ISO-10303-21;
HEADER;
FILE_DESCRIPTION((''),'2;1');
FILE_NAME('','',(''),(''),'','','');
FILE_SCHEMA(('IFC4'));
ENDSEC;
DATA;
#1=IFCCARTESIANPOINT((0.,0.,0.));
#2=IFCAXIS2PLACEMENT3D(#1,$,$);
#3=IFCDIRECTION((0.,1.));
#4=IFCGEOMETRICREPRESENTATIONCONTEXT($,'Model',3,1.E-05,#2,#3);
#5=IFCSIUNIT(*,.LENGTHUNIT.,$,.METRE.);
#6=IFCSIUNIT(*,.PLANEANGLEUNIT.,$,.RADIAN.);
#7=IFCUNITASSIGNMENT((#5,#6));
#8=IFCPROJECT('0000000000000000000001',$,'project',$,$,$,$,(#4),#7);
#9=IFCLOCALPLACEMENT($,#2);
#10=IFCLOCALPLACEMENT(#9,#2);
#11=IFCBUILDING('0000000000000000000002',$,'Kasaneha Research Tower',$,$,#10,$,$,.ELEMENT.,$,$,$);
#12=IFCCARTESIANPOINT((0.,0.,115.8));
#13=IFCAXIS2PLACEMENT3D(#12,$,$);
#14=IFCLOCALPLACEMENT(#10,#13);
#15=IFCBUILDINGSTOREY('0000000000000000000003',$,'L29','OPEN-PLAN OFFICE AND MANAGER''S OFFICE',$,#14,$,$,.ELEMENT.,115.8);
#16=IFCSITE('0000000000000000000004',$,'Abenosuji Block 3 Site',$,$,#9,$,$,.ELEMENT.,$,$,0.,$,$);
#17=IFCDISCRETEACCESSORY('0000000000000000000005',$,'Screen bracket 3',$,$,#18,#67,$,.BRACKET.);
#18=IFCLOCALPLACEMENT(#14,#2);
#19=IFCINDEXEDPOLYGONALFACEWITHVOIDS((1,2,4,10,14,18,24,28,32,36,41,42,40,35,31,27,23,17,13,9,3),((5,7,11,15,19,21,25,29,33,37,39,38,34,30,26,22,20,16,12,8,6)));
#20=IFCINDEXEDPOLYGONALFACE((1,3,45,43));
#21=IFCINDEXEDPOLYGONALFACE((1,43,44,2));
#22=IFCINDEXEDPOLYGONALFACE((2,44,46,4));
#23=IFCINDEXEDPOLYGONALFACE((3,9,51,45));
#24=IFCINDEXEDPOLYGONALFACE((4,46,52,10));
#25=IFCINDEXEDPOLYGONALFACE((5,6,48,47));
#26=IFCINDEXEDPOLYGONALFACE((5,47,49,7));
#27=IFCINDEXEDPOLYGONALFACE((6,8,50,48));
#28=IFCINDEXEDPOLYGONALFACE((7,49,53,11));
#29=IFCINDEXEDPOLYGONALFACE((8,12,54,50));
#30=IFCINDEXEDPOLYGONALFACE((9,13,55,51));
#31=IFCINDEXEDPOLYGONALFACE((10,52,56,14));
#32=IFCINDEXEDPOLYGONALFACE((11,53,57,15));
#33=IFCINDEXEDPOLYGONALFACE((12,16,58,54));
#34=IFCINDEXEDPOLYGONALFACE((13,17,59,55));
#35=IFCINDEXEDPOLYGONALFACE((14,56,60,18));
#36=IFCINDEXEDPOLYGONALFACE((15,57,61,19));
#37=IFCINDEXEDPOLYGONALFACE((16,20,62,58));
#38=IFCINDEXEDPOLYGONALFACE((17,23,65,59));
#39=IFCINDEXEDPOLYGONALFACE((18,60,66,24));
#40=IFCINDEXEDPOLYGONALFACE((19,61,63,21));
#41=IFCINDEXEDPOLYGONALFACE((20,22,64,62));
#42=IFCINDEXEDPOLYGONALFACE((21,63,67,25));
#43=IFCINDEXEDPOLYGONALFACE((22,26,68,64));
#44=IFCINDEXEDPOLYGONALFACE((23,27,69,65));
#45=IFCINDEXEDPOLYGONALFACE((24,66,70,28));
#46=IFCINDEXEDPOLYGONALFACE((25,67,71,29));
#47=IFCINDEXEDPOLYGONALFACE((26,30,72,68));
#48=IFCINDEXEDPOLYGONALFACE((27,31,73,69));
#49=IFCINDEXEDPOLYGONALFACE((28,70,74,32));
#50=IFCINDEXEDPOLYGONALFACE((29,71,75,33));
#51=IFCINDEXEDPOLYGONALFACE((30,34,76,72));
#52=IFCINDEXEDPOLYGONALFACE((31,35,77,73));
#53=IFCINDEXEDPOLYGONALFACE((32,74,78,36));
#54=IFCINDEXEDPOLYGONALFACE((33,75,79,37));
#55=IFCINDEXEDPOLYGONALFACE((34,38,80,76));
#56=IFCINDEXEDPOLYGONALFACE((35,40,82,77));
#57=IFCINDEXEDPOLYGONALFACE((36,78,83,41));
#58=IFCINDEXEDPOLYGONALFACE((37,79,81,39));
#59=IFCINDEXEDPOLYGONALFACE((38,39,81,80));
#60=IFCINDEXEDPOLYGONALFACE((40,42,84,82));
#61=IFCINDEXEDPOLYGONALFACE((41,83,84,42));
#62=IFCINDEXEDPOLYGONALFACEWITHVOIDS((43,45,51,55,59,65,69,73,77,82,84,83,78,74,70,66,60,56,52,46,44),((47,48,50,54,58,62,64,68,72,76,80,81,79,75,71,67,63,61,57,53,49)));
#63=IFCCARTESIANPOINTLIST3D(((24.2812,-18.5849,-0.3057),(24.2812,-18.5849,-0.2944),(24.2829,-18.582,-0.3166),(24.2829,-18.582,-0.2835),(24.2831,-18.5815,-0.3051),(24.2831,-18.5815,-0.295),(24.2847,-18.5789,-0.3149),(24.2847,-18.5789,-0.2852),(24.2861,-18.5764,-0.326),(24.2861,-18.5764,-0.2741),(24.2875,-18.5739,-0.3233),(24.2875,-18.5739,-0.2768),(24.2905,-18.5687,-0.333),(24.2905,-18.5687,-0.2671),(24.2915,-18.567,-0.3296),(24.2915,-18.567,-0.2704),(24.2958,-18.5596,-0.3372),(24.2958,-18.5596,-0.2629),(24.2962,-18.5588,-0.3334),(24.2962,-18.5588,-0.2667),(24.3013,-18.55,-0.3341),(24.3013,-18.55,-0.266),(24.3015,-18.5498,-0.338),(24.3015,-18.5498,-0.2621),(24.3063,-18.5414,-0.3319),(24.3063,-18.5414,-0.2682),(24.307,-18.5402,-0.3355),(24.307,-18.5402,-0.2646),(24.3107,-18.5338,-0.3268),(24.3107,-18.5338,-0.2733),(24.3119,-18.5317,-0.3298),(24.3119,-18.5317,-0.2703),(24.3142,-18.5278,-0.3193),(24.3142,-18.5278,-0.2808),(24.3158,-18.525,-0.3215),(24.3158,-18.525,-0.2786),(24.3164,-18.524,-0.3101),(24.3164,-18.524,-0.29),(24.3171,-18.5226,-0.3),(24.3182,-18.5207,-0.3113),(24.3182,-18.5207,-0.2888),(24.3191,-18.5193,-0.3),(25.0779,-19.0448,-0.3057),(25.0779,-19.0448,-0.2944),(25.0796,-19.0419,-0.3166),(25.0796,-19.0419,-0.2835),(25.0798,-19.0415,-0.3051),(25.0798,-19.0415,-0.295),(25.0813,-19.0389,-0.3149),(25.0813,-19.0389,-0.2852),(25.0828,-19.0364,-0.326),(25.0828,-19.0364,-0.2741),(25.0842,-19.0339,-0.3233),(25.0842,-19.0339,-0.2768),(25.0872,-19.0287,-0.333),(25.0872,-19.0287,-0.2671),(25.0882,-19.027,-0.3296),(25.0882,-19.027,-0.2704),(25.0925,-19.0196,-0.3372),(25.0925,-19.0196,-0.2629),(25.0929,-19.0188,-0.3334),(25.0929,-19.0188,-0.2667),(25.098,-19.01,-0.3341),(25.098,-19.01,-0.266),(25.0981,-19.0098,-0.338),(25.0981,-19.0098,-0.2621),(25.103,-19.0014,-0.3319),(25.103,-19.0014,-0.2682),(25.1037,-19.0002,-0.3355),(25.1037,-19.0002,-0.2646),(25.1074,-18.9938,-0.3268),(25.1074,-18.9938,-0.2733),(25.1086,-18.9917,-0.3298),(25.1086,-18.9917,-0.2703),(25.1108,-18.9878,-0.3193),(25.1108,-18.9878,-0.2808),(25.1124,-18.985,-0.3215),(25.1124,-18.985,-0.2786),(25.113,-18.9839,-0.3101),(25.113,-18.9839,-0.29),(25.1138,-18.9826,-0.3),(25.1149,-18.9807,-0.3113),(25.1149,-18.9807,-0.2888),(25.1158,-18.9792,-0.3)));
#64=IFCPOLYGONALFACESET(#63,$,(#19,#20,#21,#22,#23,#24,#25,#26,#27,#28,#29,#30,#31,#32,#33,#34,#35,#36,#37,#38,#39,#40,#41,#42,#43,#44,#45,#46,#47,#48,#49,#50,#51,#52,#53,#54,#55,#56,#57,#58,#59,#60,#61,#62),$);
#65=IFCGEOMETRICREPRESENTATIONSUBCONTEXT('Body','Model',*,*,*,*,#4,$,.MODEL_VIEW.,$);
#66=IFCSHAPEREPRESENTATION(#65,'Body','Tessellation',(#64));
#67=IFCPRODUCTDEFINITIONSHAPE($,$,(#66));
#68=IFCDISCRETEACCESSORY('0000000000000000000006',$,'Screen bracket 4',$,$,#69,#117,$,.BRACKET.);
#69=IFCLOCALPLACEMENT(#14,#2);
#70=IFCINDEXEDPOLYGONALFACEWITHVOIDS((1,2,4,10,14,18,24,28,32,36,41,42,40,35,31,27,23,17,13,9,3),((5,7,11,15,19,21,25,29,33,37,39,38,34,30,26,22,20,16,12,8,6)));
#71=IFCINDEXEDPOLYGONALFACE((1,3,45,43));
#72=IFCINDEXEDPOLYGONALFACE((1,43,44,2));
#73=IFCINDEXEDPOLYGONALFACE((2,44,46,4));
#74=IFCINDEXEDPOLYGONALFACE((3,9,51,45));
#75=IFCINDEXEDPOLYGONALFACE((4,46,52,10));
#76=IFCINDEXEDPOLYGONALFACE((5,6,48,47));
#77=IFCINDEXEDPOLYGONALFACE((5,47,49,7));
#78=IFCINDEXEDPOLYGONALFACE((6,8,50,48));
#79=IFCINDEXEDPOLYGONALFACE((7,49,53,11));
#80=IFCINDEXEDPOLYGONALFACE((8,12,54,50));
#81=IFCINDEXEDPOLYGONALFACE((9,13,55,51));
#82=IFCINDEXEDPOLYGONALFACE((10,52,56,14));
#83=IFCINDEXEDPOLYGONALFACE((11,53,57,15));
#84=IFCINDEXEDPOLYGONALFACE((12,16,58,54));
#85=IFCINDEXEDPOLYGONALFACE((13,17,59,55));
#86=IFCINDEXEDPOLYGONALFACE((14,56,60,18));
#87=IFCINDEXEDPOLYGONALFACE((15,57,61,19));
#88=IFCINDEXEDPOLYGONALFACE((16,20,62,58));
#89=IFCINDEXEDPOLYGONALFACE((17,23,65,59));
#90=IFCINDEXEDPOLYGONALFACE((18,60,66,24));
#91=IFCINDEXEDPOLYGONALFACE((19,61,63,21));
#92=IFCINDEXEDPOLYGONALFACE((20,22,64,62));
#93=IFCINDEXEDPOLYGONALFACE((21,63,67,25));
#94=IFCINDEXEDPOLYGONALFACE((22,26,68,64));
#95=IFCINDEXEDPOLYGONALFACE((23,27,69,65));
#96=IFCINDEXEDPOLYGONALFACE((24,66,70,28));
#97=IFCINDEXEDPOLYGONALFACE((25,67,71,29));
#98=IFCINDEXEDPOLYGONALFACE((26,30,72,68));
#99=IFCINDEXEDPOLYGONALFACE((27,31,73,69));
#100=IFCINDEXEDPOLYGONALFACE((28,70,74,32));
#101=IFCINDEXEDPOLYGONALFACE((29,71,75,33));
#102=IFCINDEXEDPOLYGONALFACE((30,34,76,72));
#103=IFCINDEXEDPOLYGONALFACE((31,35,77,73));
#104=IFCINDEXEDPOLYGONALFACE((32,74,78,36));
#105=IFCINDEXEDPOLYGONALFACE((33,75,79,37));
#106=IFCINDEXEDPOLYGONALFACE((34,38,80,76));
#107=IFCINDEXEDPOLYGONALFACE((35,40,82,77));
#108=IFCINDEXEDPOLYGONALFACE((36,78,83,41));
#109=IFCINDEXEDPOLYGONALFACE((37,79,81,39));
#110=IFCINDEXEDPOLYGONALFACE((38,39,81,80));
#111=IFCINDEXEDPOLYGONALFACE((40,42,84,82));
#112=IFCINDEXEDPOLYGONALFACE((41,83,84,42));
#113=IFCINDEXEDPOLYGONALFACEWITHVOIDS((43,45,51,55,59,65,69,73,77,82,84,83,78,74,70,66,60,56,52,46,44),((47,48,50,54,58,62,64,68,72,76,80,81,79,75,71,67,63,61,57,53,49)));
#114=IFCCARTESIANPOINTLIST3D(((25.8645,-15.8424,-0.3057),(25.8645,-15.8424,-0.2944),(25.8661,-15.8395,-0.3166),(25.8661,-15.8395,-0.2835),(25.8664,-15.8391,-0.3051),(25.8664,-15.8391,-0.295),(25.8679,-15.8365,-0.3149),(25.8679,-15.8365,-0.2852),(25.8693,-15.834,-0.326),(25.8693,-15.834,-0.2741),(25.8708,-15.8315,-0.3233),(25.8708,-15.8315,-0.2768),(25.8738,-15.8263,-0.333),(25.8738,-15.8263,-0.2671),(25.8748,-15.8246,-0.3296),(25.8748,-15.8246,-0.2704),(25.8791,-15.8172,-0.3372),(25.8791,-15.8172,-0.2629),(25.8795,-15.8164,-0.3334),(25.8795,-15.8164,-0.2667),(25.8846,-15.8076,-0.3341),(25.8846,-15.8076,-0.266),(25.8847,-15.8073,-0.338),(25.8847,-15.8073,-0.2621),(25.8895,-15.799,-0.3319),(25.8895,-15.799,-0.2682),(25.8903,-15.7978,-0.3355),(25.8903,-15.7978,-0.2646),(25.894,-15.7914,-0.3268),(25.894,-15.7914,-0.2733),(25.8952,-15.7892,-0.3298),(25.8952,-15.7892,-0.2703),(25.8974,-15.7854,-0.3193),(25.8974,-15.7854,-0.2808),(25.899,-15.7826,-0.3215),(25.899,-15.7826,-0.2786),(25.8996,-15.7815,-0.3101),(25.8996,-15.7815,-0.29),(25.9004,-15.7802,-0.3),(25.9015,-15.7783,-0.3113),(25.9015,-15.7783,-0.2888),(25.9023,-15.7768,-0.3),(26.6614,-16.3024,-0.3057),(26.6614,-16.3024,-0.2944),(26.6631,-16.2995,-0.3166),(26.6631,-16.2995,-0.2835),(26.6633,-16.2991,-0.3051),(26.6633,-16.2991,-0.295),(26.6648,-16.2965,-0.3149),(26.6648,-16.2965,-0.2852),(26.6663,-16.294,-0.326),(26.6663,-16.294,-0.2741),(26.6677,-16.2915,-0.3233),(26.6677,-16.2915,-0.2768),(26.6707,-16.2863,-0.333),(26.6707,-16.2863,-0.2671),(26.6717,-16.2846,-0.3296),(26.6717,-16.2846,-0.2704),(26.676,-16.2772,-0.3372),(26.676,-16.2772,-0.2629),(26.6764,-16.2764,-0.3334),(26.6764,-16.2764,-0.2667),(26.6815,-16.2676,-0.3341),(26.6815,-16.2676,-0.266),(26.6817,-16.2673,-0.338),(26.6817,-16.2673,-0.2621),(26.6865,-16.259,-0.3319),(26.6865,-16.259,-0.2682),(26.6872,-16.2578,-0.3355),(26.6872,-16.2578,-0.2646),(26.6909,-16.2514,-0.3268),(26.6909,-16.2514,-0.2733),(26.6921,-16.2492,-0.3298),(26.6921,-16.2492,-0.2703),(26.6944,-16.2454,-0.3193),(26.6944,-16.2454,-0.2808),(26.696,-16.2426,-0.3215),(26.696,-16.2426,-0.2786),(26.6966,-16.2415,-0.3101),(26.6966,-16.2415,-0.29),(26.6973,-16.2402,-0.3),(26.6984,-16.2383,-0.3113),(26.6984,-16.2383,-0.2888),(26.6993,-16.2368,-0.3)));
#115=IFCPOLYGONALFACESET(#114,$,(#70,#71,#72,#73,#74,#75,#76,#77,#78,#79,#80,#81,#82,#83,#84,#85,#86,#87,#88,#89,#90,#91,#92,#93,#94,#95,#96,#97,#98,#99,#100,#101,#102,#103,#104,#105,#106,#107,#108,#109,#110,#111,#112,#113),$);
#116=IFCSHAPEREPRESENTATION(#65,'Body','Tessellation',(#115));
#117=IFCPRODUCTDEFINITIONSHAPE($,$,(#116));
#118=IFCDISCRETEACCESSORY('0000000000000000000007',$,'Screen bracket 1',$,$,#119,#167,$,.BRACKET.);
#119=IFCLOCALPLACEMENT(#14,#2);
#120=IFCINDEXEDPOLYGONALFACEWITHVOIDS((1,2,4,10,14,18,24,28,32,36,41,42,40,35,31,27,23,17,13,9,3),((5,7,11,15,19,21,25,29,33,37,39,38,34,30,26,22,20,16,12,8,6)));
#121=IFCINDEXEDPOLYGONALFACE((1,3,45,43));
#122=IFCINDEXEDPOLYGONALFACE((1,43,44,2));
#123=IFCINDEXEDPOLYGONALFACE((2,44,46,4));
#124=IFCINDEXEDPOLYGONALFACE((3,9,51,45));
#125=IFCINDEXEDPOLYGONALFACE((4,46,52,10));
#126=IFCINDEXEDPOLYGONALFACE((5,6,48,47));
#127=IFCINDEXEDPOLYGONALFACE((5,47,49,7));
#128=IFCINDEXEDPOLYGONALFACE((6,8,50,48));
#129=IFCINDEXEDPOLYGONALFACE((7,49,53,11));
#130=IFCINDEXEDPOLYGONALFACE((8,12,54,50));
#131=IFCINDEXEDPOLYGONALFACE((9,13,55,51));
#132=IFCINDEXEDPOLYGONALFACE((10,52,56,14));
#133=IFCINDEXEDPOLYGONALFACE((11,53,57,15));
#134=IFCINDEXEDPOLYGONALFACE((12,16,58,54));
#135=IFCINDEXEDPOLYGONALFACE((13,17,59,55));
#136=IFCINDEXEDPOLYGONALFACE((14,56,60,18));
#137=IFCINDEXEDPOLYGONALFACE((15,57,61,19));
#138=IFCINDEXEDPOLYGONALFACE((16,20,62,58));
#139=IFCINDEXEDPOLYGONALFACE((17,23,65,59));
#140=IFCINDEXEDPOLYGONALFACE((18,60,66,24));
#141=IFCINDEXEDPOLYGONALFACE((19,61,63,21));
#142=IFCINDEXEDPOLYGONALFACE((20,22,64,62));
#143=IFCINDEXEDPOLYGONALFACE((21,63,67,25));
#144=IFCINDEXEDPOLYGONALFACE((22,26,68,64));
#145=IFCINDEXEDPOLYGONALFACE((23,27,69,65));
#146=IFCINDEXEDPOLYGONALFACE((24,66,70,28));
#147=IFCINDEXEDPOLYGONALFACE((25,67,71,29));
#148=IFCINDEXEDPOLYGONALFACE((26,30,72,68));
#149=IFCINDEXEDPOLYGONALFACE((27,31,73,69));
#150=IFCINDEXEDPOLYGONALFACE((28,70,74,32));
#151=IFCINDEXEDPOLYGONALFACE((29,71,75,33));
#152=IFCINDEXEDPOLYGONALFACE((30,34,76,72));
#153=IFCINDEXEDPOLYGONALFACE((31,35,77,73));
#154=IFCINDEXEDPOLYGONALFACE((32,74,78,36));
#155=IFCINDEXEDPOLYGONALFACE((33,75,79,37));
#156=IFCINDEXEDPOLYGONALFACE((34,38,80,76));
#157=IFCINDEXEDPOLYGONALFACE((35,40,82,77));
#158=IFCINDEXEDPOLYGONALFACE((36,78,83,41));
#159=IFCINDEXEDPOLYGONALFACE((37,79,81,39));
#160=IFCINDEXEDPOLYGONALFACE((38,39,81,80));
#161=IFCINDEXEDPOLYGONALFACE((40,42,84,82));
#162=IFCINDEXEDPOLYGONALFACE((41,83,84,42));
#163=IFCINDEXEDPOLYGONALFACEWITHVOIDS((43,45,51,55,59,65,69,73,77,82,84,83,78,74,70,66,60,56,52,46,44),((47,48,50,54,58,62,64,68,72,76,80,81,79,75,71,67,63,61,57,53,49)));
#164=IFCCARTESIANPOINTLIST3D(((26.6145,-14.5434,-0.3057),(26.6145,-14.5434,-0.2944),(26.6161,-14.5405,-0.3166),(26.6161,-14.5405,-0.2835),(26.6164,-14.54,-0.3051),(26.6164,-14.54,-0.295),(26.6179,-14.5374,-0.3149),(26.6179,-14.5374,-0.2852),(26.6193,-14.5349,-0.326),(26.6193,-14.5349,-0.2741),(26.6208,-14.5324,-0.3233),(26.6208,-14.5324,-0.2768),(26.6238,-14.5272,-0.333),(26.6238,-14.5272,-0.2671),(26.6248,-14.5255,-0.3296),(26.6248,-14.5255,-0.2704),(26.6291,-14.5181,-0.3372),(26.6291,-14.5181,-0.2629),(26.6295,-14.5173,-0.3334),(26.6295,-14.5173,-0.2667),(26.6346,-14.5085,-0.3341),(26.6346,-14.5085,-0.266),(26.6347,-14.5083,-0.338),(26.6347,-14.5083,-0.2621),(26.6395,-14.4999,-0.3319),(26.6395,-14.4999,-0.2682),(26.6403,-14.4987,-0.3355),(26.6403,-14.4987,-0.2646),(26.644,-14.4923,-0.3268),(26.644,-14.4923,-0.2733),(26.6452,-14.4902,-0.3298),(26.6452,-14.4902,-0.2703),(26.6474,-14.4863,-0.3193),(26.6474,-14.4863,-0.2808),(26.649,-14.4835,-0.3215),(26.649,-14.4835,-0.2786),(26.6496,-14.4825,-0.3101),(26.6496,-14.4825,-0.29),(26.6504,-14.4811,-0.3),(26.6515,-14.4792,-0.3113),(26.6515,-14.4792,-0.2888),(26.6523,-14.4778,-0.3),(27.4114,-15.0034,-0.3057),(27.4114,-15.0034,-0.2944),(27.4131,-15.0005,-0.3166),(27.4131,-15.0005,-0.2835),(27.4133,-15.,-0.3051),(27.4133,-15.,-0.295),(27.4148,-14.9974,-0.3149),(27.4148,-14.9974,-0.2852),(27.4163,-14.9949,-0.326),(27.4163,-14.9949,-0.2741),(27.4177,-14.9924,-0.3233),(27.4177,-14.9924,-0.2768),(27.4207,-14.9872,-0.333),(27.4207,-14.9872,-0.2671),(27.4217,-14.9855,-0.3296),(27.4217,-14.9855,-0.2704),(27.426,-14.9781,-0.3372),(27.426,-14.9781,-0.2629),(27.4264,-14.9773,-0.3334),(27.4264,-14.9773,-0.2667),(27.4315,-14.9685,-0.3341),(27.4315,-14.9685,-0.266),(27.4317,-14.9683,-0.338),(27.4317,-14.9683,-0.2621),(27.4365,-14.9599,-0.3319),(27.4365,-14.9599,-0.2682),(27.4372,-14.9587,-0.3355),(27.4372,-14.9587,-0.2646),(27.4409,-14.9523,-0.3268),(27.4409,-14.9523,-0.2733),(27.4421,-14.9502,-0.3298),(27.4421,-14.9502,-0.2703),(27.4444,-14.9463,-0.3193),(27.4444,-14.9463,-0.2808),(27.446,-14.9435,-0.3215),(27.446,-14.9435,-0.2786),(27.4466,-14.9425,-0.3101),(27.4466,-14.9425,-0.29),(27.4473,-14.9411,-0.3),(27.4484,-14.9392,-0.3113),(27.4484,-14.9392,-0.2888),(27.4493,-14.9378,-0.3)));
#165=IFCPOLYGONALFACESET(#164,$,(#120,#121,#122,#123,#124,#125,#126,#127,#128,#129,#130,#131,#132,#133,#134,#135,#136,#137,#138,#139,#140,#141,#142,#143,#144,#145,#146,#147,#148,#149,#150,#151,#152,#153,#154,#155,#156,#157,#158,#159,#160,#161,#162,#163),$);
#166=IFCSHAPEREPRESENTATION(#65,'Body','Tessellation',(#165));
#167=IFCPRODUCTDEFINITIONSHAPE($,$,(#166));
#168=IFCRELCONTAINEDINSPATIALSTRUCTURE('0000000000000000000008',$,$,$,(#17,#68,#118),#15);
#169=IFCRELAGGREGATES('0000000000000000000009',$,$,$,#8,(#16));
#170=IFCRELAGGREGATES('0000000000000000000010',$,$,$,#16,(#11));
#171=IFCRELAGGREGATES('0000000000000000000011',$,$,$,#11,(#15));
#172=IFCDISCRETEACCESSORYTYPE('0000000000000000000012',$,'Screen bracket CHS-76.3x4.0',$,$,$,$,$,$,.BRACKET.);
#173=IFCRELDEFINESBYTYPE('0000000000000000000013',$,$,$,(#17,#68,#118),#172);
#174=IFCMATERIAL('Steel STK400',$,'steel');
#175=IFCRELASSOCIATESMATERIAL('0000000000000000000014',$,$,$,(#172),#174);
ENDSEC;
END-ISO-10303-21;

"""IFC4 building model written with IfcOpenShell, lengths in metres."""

from ifc_helpers import new_model, si_unit, direction, frame, origin, origin_2d, place, context, subcontext, project, spatial, hollow_circle, extrude, material, material_profile, profile_set, type_object, element, save


model = new_model("IFC4")

# Units and contexts
model_context = context("Model", 3, precision=1e-05, world=origin(), true_north=direction((0.0, 1.0)))
body_context = subcontext(model_context, "Body", "Model", "MODEL_VIEW")
ifc_project = project(units=[si_unit("LENGTHUNIT", "METRE"), si_unit("PLANEANGLEUNIT", "RADIAN")], contexts=[model_context])

# Site, building, storey
site_placement = place(None, origin())
site = spatial("IfcSite", under=ifc_project, at=site_placement, Name="Abenosuji Block 3 Site", CompositionType="ELEMENT", RefElevation=0.0)
building_placement = place(site_placement, origin())
building = spatial("IfcBuilding", under=site, at=building_placement, Name="Kasaneha Research Tower", CompositionType="ELEMENT")
storey_placement = place(building_placement, frame((0.0, 0.0, 115.8)))
storey = spatial("IfcBuildingStorey", under=building, at=storey_placement, Name="L29", Description="OPEN-PLAN OFFICE AND MANAGER'S OFFICE", CompositionType="ELEMENT", Elevation=115.8)

# Discrete accessories
ifc_material_1 = material(Name="Steel STK400", Category="steel")
ifc_material_profile_1 = material_profile(ifc_material_1, hollow_circle(Radius=0.0381, WallThickness=0.0039, at=origin_2d()), Name="CHS-76.3x4.0")
ifc_profile_set_1 = profile_set([ifc_material_profile_1], Name="Steel STK400")
discrete_accessory_type = type_object("IfcDiscreteAccessoryType", Name="Screen bracket CHS-76.3x4.0", PredefinedType="BRACKET", material=ifc_profile_set_1)
discrete_accessory_1_placement = place(storey_placement, frame((24.3, -18.5522, -0.3), z_axis=(0.866013, -0.500021, 0.0), x_axis=(0.500021, 0.866013, 0.0)))
element("IfcDiscreteAccessory", 1, at=discrete_accessory_1_placement, inside=storey, type_object=discrete_accessory_type, Name="Screen bracket 3", PredefinedType="BRACKET", context=body_context, shape_type="SweptSolid", body=[
    extrude(hollow_circle(Radius=0.0381, WallThickness=0.0039, at=origin_2d()), origin(), (0.0, 0.0, 1.0), 0.9199),
])
for number, where, z_axis, x_axis, name in (
    (2, (25.8833, -15.8098, -0.3), (0.86608, -0.499906, 0.0), (0.499906, 0.86608, 0.0), "Screen bracket 4"),
    (3, (26.6333, -14.5107, -0.3), (0.86608, -0.499906, 0.0), (0.499906, 0.86608, 0.0), "Screen bracket 1"),
):
    element("IfcDiscreteAccessory", number, at=place(storey_placement, frame(where, z_axis=z_axis, x_axis=x_axis)), inside=storey, type_object=discrete_accessory_type, Name=name, PredefinedType="BRACKET", context=body_context, shape_type="SweptSolid", body=[
        extrude(hollow_circle(Radius=0.0381, WallThickness=0.0039, at=origin_2d()), origin(), (0.0, 0.0, 1.0), 0.9202),
    ])

save(model, "model.ifc")
